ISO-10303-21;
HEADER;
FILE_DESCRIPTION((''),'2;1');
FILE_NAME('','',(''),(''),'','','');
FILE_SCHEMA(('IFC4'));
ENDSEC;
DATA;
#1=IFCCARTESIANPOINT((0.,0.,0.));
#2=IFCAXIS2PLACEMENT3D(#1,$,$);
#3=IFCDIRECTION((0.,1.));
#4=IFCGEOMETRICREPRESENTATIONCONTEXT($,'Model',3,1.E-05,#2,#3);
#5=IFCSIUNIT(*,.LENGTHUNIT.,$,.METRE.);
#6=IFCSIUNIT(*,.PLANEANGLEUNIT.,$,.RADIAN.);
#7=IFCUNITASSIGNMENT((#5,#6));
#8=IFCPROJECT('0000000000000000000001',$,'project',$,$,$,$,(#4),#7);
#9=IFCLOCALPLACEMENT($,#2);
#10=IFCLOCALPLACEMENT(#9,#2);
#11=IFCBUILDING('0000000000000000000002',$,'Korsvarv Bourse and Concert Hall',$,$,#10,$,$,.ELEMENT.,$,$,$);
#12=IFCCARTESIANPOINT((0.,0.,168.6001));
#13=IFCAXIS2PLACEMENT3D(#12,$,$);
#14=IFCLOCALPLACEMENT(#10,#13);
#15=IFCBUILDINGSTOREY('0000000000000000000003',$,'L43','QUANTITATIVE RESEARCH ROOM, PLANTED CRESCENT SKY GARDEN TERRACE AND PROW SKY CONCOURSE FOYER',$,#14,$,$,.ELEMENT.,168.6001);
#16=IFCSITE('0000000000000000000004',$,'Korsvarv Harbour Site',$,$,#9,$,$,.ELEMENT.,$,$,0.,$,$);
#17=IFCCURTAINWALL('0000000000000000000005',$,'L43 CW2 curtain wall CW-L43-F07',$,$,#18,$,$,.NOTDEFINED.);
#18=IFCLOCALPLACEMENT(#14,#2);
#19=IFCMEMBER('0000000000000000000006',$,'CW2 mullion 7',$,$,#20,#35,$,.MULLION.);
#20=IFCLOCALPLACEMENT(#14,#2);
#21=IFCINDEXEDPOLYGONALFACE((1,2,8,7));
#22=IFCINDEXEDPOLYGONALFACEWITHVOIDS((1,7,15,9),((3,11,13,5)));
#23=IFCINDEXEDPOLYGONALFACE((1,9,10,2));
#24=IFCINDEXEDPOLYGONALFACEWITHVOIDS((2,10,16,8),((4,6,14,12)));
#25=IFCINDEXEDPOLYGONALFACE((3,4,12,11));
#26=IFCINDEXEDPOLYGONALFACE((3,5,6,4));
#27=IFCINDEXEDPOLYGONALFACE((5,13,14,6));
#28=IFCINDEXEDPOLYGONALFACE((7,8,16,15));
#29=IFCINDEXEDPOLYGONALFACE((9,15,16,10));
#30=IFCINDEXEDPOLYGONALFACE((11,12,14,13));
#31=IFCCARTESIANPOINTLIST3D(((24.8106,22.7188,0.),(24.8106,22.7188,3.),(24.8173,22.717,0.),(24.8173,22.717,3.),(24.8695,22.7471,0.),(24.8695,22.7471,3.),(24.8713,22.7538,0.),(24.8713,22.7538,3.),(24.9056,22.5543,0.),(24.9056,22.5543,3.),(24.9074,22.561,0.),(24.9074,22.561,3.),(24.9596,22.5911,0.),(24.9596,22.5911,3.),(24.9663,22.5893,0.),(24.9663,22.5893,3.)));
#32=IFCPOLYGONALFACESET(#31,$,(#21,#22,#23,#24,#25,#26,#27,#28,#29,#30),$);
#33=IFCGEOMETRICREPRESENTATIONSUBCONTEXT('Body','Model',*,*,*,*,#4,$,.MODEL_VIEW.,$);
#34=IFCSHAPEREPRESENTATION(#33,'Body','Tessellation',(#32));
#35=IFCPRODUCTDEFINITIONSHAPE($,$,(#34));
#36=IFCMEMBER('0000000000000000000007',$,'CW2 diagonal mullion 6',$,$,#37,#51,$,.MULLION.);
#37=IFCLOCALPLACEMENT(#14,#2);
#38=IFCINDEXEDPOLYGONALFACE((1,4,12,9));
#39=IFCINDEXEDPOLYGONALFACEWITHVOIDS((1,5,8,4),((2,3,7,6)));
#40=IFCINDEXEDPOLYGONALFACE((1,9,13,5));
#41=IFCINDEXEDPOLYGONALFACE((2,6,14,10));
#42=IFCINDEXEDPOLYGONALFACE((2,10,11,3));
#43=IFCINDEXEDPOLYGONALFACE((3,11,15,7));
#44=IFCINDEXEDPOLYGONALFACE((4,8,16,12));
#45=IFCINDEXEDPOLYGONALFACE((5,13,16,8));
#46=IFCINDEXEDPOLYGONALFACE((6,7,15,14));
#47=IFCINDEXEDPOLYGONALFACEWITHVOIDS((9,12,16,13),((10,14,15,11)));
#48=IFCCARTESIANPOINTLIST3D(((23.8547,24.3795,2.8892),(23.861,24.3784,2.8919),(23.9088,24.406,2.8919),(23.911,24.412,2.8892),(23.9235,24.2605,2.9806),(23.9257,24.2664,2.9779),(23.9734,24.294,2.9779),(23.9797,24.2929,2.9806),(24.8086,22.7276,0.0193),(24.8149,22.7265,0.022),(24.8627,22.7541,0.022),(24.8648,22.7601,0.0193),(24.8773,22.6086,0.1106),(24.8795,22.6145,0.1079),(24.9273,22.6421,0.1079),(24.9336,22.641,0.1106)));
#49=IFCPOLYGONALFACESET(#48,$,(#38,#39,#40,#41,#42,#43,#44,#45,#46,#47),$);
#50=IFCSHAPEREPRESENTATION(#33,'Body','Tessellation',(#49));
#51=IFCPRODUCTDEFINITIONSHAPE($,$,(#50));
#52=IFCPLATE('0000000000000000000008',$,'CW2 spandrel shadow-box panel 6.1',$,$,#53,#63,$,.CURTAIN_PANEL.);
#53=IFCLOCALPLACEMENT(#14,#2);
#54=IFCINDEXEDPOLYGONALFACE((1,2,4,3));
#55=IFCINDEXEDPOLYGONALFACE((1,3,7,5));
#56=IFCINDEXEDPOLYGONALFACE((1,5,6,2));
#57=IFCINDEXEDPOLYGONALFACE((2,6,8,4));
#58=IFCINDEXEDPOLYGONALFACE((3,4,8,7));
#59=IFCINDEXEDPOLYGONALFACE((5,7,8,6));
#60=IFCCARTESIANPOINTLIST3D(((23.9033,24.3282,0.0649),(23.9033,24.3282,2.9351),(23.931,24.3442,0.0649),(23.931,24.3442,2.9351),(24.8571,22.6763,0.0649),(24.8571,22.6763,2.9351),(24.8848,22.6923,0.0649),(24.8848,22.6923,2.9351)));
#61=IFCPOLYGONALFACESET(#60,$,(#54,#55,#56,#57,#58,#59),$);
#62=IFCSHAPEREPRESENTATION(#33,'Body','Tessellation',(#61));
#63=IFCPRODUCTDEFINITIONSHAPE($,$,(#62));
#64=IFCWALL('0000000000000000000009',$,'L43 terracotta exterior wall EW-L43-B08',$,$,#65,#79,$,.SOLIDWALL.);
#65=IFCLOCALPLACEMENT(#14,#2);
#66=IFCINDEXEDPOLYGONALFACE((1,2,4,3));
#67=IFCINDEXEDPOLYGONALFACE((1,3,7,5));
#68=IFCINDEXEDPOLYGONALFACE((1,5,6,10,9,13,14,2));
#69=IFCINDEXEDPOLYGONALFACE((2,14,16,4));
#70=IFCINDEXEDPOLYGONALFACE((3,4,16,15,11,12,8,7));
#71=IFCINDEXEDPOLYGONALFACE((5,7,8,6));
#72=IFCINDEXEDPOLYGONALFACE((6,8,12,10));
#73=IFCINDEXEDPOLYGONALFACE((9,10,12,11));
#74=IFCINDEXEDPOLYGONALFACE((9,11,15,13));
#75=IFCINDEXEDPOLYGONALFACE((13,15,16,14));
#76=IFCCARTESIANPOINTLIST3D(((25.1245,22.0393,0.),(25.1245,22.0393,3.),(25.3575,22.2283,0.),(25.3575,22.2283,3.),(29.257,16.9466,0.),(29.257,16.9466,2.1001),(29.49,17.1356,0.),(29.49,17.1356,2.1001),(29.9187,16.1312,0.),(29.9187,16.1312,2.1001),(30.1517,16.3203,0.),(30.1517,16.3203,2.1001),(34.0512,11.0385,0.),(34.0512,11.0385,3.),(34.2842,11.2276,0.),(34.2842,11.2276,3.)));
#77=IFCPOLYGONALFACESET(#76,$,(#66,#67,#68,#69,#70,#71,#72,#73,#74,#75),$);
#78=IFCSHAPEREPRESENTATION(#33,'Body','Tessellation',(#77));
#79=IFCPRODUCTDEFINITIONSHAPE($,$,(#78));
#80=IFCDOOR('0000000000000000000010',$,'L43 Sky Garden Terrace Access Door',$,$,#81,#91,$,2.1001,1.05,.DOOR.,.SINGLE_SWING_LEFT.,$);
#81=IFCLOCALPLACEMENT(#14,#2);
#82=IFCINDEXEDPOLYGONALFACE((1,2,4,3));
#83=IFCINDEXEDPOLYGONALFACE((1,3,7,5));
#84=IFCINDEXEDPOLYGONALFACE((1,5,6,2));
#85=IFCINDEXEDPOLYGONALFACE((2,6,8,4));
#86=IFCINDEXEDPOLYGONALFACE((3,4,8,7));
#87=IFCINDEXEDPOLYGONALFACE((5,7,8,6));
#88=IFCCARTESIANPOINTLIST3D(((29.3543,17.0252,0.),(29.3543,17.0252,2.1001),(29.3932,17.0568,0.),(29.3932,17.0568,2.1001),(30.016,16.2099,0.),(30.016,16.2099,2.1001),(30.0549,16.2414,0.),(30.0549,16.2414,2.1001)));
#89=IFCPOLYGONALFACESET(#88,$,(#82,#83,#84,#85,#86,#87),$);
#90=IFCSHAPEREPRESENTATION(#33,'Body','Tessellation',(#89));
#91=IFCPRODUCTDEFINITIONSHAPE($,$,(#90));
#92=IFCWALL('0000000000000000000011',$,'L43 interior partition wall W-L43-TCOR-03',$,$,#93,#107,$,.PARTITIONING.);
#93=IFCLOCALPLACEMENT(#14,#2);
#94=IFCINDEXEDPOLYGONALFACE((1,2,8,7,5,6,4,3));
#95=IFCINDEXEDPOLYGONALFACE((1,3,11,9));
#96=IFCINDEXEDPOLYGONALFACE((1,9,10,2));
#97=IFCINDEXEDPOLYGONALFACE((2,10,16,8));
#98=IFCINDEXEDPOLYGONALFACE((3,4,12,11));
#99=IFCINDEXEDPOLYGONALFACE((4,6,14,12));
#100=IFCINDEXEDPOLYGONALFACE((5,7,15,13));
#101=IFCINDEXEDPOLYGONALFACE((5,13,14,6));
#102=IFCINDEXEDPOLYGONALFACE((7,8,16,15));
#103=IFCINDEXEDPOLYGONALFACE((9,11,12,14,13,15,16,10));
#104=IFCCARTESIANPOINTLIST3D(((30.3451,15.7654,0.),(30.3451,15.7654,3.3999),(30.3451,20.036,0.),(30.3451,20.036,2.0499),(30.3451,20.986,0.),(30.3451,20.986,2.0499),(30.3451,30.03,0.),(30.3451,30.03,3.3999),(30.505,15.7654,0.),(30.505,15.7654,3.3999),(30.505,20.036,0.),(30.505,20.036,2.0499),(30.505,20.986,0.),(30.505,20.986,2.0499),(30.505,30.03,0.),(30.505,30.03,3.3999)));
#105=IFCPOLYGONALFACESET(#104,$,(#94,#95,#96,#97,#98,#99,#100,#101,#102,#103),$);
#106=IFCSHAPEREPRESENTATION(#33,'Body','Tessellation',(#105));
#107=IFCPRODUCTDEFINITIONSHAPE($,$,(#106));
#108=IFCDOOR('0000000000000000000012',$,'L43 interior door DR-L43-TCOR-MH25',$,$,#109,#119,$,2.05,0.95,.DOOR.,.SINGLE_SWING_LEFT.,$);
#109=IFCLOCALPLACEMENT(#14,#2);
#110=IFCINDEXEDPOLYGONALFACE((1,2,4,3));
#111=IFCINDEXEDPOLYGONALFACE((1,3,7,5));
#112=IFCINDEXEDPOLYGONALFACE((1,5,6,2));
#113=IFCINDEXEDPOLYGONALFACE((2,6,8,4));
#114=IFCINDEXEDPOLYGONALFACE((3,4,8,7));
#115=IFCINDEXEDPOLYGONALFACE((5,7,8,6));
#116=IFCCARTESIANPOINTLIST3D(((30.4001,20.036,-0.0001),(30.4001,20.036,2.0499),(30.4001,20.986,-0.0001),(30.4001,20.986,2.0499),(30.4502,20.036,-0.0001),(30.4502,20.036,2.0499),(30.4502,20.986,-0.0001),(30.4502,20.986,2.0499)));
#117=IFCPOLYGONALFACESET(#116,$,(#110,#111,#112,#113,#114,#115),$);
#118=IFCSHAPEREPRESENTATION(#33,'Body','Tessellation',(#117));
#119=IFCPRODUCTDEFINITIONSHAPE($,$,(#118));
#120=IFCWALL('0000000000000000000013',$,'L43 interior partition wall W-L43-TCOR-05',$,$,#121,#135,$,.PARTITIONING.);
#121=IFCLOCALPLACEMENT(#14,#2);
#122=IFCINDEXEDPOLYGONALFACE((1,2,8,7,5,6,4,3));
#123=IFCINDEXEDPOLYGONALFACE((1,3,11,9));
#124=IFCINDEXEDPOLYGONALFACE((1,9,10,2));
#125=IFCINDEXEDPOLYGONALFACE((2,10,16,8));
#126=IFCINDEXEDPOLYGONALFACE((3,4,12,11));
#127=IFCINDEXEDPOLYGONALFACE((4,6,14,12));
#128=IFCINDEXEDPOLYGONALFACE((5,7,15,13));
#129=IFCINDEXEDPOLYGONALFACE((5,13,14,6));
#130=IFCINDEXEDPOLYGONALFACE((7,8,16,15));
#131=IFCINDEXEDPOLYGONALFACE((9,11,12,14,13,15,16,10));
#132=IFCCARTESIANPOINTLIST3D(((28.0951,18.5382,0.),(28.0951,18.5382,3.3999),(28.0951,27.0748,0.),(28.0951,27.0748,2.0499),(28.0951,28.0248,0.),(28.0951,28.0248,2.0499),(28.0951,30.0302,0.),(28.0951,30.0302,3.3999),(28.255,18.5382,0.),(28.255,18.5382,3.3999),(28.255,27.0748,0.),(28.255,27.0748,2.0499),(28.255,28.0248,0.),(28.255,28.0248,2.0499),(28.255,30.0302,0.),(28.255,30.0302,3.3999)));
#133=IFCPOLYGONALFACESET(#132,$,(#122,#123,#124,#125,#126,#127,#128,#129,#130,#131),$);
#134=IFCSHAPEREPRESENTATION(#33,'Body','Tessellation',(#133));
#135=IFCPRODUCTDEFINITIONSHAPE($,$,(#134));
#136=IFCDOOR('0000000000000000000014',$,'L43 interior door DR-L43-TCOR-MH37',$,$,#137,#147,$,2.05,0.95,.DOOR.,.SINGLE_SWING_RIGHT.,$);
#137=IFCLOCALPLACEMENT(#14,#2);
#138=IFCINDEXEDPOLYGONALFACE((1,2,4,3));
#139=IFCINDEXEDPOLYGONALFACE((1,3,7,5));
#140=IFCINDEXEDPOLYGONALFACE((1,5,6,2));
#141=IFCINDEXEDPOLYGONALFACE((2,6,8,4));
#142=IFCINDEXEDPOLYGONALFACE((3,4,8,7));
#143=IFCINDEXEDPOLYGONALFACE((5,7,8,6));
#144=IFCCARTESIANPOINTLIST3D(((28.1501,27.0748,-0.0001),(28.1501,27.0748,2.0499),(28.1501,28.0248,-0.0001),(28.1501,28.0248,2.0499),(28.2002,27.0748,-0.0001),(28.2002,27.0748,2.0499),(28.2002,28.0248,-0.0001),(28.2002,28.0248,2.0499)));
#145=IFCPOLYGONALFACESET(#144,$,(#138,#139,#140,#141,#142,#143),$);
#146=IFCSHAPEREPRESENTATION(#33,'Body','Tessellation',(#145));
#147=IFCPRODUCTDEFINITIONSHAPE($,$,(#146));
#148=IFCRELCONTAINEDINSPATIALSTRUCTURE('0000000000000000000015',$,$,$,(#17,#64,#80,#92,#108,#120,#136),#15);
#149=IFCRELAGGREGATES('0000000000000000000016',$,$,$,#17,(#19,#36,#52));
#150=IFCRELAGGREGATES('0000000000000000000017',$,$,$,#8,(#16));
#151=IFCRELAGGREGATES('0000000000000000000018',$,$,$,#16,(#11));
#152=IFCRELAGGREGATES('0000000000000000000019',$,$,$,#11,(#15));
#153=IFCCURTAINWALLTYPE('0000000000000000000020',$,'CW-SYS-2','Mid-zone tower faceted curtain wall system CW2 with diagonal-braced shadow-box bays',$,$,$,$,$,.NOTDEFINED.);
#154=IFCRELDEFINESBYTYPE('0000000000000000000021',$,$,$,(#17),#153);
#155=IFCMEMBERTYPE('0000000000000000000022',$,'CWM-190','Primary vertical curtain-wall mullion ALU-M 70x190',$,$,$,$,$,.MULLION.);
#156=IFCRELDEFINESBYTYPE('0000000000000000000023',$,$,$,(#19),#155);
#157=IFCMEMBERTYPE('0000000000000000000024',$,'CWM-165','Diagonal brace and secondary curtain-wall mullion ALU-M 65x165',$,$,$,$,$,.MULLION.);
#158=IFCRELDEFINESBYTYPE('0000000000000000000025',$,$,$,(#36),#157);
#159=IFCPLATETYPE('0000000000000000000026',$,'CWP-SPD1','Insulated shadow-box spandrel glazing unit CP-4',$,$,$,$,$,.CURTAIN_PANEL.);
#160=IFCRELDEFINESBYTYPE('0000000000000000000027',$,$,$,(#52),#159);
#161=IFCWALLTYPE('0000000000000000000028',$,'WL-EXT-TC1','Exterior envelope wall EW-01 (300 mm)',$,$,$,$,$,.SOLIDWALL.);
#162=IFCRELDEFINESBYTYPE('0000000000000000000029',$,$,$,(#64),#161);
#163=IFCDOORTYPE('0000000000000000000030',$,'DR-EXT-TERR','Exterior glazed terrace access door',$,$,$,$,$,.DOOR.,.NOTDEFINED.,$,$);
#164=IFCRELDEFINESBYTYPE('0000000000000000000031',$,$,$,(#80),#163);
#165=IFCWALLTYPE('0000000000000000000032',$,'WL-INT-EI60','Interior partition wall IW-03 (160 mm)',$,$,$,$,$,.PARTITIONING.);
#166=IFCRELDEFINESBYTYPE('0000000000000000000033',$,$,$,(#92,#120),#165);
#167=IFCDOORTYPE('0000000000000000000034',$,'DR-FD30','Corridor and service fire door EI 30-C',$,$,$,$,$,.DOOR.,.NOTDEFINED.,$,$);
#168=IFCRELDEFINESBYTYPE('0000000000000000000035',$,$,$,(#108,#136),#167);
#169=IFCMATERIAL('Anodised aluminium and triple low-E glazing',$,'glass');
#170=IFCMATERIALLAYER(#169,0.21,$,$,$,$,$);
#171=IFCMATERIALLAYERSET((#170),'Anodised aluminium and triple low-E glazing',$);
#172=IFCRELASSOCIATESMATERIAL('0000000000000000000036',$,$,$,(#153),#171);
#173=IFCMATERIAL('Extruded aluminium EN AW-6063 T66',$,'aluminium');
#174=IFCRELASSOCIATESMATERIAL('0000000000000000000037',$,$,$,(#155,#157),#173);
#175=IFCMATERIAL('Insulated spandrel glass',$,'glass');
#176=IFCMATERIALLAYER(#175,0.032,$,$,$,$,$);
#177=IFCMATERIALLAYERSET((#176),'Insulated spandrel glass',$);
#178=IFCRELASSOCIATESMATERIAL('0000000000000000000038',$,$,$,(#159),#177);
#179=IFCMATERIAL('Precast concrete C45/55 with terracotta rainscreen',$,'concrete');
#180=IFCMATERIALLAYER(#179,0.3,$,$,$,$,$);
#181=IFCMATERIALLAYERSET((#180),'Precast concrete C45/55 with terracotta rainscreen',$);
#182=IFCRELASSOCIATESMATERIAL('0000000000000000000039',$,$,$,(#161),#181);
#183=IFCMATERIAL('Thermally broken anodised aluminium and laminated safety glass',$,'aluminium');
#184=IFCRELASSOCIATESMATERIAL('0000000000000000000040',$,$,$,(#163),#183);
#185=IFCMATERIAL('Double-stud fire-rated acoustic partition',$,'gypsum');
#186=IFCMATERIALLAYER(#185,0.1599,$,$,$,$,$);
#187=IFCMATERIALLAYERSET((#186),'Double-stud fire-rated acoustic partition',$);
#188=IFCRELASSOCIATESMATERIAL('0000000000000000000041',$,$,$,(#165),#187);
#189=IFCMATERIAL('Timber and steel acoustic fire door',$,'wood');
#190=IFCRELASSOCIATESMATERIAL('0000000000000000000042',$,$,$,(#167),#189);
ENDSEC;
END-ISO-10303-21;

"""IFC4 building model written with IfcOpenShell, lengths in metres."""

from ifc_helpers import new_model, si_unit, direction, frame, frame_2d, origin, origin_2d, place, context, subcontext, project, spatial, rectangle, hollow_rectangle, extrude, source, transform, mapped, material, layer, layer_set, material_profile, profile_set, type_object, element, fill, aggregate, save


model = new_model("IFC4")

# Units and contexts
model_context = context("Model", 3, precision=1e-05, world=origin(), true_north=direction((0.0, 1.0)))
body_context = subcontext(model_context, "Body", "Model", "MODEL_VIEW")
ifc_project = project(units=[si_unit("LENGTHUNIT", "METRE"), si_unit("PLANEANGLEUNIT", "RADIAN")], contexts=[model_context])

# Site, building, storey
site_placement = place(None, origin())
site = spatial("IfcSite", under=ifc_project, at=site_placement, Name="Korsvarv Harbour Site", CompositionType="ELEMENT", RefElevation=0.0)
building_placement = place(site_placement, origin())
building = spatial("IfcBuilding", under=site, at=building_placement, Name="Korsvarv Bourse and Concert Hall", CompositionType="ELEMENT")
storey_placement = place(building_placement, frame((0.0, 0.0, 168.6001)))
storey = spatial("IfcBuildingStorey", under=building, at=storey_placement, Name="L43", Description="QUANTITATIVE RESEARCH ROOM, PLANTED CRESCENT SKY GARDEN TERRACE AND PROW SKY CONCOURSE FOYER", CompositionType="ELEMENT", Elevation=168.6001)

# Curtain wall, members, plate
ifc_material_1 = material(Name="Anodised aluminium and triple low-E glazing", Category="glass")
ifc_layer_1 = layer(ifc_material_1, 0.21)
ifc_layer_set_1 = layer_set([ifc_layer_1], Name="Anodised aluminium and triple low-E glazing")
curtain_wall_type = type_object("IfcCurtainWallType", Name="CW-SYS-2", Description="Mid-zone tower faceted curtain wall system CW2 with diagonal-braced shadow-box bays", PredefinedType="NOTDEFINED", material=ifc_layer_set_1)
curtain_wall_placement = place(storey_placement, origin())
curtain_wall = element("IfcCurtainWall", 1, at=curtain_wall_placement, inside=storey, type_object=curtain_wall_type, Name="L43 CW2 curtain wall CW-L43-F07", PredefinedType="NOTDEFINED")
ifc_material_2 = material(Name="Extruded aluminium EN AW-6063 T66", Category="aluminium")
ifc_material_profile_1 = material_profile(ifc_material_2, hollow_rectangle(XDim=0.0701, YDim=0.1899, WallThickness=0.0049, at=origin_2d()), Name="ALU-M 70x190")
ifc_profile_set_1 = profile_set([ifc_material_profile_1], Name="Extruded aluminium EN AW-6063 T66")
member_type_1 = type_object("IfcMemberType", Name="CWM-190", Description="Primary vertical curtain-wall mullion ALU-M 70x190", PredefinedType="MULLION", material=ifc_profile_set_1)
shared_shape_1 = source(origin(), body_context, "Body", "SweptSolid", [
    extrude(hollow_rectangle(XDim=0.0701, YDim=0.1899, WallThickness=0.0049, at=origin_2d()), origin(), (0.0, 0.0, 1.0), 3.0),
])
member_1_placement = place(storey_placement, frame((24.8884, 22.6541, 0.0), z_axis=(0.0, 0.0, 1.0), x_axis=(0.866023, 0.500005, 0.0)))
member_1 = element("IfcMember", 2, at=member_1_placement, type_object=member_type_1, Name="CW2 mullion 7", PredefinedType="MULLION", context=body_context, shape_type="MappedRepresentation", body=[
    mapped(shared_shape_1, transform((0.0, 0.0, 0.0), scale=1.0)),
])
ifc_material_profile_2 = material_profile(ifc_material_2, hollow_rectangle(XDim=0.0649, YDim=0.165, WallThickness=0.0049, at=origin_2d()), Name="ALU-M 65x165")
ifc_profile_set_2 = profile_set([ifc_material_profile_2], Name="Extruded aluminium EN AW-6063 T66")
member_type_2 = type_object("IfcMemberType", Name="CWM-165", Description="Diagonal brace and secondary curtain-wall mullion ALU-M 65x165", PredefinedType="MULLION", material=ifc_profile_set_2)
shared_shape_2 = source(origin(), body_context, "Body", "SweptSolid", [
    extrude(hollow_rectangle(XDim=0.0649, YDim=0.165, WallThickness=0.0049, at=origin_2d()), origin(), (0.0, 0.0, 1.0), 3.446),
])
member_2_placement = place(storey_placement, frame((24.8711, 22.6843, 0.0649), z_axis=(-0.276805, 0.47936, 0.832822), x_axis=(-0.865989, -0.500062, 0.0)))
member_2 = element("IfcMember", 3, at=member_2_placement, type_object=member_type_2, Name="CW2 diagonal mullion 6", PredefinedType="MULLION", context=body_context, shape_type="MappedRepresentation", body=[
    mapped(shared_shape_2, transform((0.0, 0.0, 0.0), scale=1.0)),
])
ifc_material_3 = material(Name="Insulated spandrel glass", Category="glass")
ifc_layer_2 = layer(ifc_material_3, 0.032)
ifc_layer_set_2 = layer_set([ifc_layer_2], Name="Insulated spandrel glass")
plate_type = type_object("IfcPlateType", Name="CWP-SPD1", Description="Insulated shadow-box spandrel glazing unit CP-4", PredefinedType="CURTAIN_PANEL", material=ifc_layer_set_2)
shared_shape_3 = source(origin(), body_context, "Body", "SweptSolid", [
    extrude(rectangle(XDim=1.9075, YDim=0.032, at=origin_2d()), origin(), (0.0, 0.0, 1.0), 2.8701),
])
plate_placement = place(storey_placement, frame((24.394, 23.5103, 0.0649), z_axis=(0.0, 0.0, 1.0), x_axis=(0.500005, -0.866023, 0.0)))
plate = element("IfcPlate", 4, at=plate_placement, type_object=plate_type, Name="CW2 spandrel shadow-box panel 6.1", PredefinedType="CURTAIN_PANEL", context=body_context, shape_type="MappedRepresentation", body=[
    mapped(shared_shape_3, transform((0.0, 0.0, 0.0), scale=1.0)),
])
aggregate(curtain_wall, [member_1, member_2, plate])

# Walls, openings, doors
ifc_material_4 = material(Name="Precast concrete C45/55 with terracotta rainscreen", Category="concrete")
ifc_layer_3 = layer(ifc_material_4, 0.3)
ifc_layer_set_3 = layer_set([ifc_layer_3], Name="Precast concrete C45/55 with terracotta rainscreen")
wall_type_1 = type_object("IfcWallType", Name="WL-EXT-TC1", Description="Exterior envelope wall EW-01 (300 mm)", PredefinedType="SOLIDWALL", material=ifc_layer_set_3)
wall_1_placement = place(storey_placement, frame((25.241, 22.1338, 0.0), z_axis=(0.0, 0.0, 1.0), x_axis=(0.63011, -0.776506, 0.0)))
wall_1 = element("IfcWall", 5, at=wall_1_placement, inside=storey, type_object=wall_type_1, Name="L43 terracotta exterior wall EW-L43-B08", PredefinedType="SOLIDWALL", context=body_context, shape_type="SweptSolid", body=[
    extrude(rectangle(XDim=14.167, YDim=0.3, at=frame_2d((7.0835, 0.0))), origin(), (0.0, 0.0, 1.0), 3.0),
])
opening_1_placement = place(wall_1_placement, frame((6.5586, 0.0, 0.0)))
opening_1 = element("IfcOpeningElement", 6, at=opening_1_placement, cuts=wall_1, PredefinedType="OPENING", context=body_context, shape_type="SweptSolid", body=[
    extrude(rectangle(XDim=1.05, YDim=2.1001, at=frame_2d((0.5249, 1.05))), frame((0.0, 0.1602, 0.0), z_axis=(0.0, -1.0, 0.0), x_axis=(1.0, 0.0, 0.0)), (0.0, 0.0, 1.0), 0.3201),
])
ifc_material_5 = material(Name="Thermally broken anodised aluminium and laminated safety glass", Category="aluminium")
door_type_1 = type_object("IfcDoorType", Name="DR-EXT-TERR", Description="Exterior glazed terrace access door", OperationType="NOTDEFINED", PredefinedType="DOOR", material=ifc_material_5)
door_1_placement = place(opening_1_placement, frame((1.05, 0.0, 0.0), z_axis=(0.0, 0.0, 1.0), x_axis=(-1.0, 0.0, 0.0)))
door_1 = element("IfcDoor", 7, at=door_1_placement, inside=storey, type_object=door_type_1, Name="L43 Sky Garden Terrace Access Door", OperationType="SINGLE_SWING_LEFT", OverallHeight=2.1001, OverallWidth=1.05, PredefinedType="DOOR", context=body_context, shape_type="SweptSolid", body=[
    extrude(rectangle(XDim=1.05, YDim=2.1001, at=frame_2d((0.5249, 1.05))), frame((0.0, 0.0249, 0.0), z_axis=(0.0, -1.0, 0.0), x_axis=(1.0, 0.0, 0.0)), (0.0, 0.0, 1.0), 0.05),
])
fill(opening_1, door_1)
ifc_material_6 = material(Name="Double-stud fire-rated acoustic partition", Category="gypsum")
ifc_layer_4 = layer(ifc_material_6, 0.1599)
ifc_layer_set_4 = layer_set([ifc_layer_4], Name="Double-stud fire-rated acoustic partition")
wall_type_2 = type_object("IfcWallType", Name="WL-INT-EI60", Description="Interior partition wall IW-03 (160 mm)", PredefinedType="PARTITIONING", material=ifc_layer_set_4)
wall_2_placement = place(storey_placement, frame((30.425, 15.7654, 0.0), z_axis=(0.0, 0.0, 1.0), x_axis=(0.0, 1.0, 0.0)))
wall_2 = element("IfcWall", 8, at=wall_2_placement, inside=storey, type_object=wall_type_2, Name="L43 interior partition wall W-L43-TCOR-03", PredefinedType="PARTITIONING", context=body_context, shape_type="SweptSolid", body=[
    extrude(rectangle(XDim=14.2646, YDim=0.1599, at=frame_2d((7.1323, 0.0))), origin(), (0.0, 0.0, 1.0), 3.3999),
])
opening_2_placement = place(wall_2_placement, frame((4.2705, 0.0, 0.0)))
opening_2 = element("IfcOpeningElement", 9, at=opening_2_placement, cuts=wall_2, PredefinedType="OPENING", context=body_context, shape_type="SweptSolid", body=[
    extrude(rectangle(XDim=0.95, YDim=2.05, at=frame_2d((0.4751, 1.0249))), frame((0.0, 0.0898, 0.0), z_axis=(0.0, -1.0, 0.0), x_axis=(1.0, 0.0, 0.0)), (0.0, 0.0, 1.0), 0.1799),
])
ifc_material_7 = material(Name="Timber and steel acoustic fire door", Category="wood")
door_type_2 = type_object("IfcDoorType", Name="DR-FD30", Description="Corridor and service fire door EI 30-C", OperationType="NOTDEFINED", PredefinedType="DOOR", material=ifc_material_7)
door_2_placement = place(opening_2_placement, origin())
door_2 = element("IfcDoor", 10, at=door_2_placement, inside=storey, type_object=door_type_2, Name="L43 interior door DR-L43-TCOR-MH25", OperationType="SINGLE_SWING_LEFT", OverallHeight=2.05, OverallWidth=0.95, PredefinedType="DOOR", context=body_context, shape_type="SweptSolid", body=[
    extrude(rectangle(XDim=0.95, YDim=2.05, at=frame_2d((0.4751, 1.0249))), frame((0.0, 0.0249, 0.0), z_axis=(0.0, -1.0, 0.0), x_axis=(1.0, 0.0, 0.0)), (0.0, 0.0, 1.0), 0.05),
])
fill(opening_2, door_2)
wall_3_placement = place(storey_placement, frame((28.175, 18.5381, 0.0), z_axis=(0.0, 0.0, 1.0), x_axis=(0.0, 1.0, 0.0)))
wall_3 = element("IfcWall", 11, at=wall_3_placement, inside=storey, type_object=wall_type_2, Name="L43 interior partition wall W-L43-TCOR-05", PredefinedType="PARTITIONING", context=body_context, shape_type="SweptSolid", body=[
    extrude(rectangle(XDim=11.4919, YDim=0.1599, at=frame_2d((5.7461, 0.0))), origin(), (0.0, 0.0, 1.0), 3.3999),
])
opening_3_placement = place(wall_3_placement, frame((8.5366, 0.0, 0.0)))
opening_3 = element("IfcOpeningElement", 12, at=opening_3_placement, cuts=wall_3, PredefinedType="OPENING", context=body_context, shape_type="SweptSolid", body=[
    extrude(rectangle(XDim=0.95, YDim=2.05, at=frame_2d((0.4751, 1.0249))), frame((0.0, 0.0898, 0.0), z_axis=(0.0, -1.0, 0.0), x_axis=(1.0, 0.0, 0.0)), (0.0, 0.0, 1.0), 0.1799),
])
door_3_placement = place(opening_3_placement, origin())
door_3 = element("IfcDoor", 13, at=door_3_placement, inside=storey, type_object=door_type_2, Name="L43 interior door DR-L43-TCOR-MH37", OperationType="SINGLE_SWING_RIGHT", OverallHeight=2.05, OverallWidth=0.95, PredefinedType="DOOR", context=body_context, shape_type="SweptSolid", body=[
    extrude(rectangle(XDim=0.95, YDim=2.05, at=frame_2d((0.4751, 1.0249))), frame((0.0, 0.0249, 0.0), z_axis=(0.0, -1.0, 0.0), x_axis=(1.0, 0.0, 0.0)), (0.0, 0.0, 1.0), 0.05),
])
fill(opening_3, door_3)

save(model, "model.ifc")
